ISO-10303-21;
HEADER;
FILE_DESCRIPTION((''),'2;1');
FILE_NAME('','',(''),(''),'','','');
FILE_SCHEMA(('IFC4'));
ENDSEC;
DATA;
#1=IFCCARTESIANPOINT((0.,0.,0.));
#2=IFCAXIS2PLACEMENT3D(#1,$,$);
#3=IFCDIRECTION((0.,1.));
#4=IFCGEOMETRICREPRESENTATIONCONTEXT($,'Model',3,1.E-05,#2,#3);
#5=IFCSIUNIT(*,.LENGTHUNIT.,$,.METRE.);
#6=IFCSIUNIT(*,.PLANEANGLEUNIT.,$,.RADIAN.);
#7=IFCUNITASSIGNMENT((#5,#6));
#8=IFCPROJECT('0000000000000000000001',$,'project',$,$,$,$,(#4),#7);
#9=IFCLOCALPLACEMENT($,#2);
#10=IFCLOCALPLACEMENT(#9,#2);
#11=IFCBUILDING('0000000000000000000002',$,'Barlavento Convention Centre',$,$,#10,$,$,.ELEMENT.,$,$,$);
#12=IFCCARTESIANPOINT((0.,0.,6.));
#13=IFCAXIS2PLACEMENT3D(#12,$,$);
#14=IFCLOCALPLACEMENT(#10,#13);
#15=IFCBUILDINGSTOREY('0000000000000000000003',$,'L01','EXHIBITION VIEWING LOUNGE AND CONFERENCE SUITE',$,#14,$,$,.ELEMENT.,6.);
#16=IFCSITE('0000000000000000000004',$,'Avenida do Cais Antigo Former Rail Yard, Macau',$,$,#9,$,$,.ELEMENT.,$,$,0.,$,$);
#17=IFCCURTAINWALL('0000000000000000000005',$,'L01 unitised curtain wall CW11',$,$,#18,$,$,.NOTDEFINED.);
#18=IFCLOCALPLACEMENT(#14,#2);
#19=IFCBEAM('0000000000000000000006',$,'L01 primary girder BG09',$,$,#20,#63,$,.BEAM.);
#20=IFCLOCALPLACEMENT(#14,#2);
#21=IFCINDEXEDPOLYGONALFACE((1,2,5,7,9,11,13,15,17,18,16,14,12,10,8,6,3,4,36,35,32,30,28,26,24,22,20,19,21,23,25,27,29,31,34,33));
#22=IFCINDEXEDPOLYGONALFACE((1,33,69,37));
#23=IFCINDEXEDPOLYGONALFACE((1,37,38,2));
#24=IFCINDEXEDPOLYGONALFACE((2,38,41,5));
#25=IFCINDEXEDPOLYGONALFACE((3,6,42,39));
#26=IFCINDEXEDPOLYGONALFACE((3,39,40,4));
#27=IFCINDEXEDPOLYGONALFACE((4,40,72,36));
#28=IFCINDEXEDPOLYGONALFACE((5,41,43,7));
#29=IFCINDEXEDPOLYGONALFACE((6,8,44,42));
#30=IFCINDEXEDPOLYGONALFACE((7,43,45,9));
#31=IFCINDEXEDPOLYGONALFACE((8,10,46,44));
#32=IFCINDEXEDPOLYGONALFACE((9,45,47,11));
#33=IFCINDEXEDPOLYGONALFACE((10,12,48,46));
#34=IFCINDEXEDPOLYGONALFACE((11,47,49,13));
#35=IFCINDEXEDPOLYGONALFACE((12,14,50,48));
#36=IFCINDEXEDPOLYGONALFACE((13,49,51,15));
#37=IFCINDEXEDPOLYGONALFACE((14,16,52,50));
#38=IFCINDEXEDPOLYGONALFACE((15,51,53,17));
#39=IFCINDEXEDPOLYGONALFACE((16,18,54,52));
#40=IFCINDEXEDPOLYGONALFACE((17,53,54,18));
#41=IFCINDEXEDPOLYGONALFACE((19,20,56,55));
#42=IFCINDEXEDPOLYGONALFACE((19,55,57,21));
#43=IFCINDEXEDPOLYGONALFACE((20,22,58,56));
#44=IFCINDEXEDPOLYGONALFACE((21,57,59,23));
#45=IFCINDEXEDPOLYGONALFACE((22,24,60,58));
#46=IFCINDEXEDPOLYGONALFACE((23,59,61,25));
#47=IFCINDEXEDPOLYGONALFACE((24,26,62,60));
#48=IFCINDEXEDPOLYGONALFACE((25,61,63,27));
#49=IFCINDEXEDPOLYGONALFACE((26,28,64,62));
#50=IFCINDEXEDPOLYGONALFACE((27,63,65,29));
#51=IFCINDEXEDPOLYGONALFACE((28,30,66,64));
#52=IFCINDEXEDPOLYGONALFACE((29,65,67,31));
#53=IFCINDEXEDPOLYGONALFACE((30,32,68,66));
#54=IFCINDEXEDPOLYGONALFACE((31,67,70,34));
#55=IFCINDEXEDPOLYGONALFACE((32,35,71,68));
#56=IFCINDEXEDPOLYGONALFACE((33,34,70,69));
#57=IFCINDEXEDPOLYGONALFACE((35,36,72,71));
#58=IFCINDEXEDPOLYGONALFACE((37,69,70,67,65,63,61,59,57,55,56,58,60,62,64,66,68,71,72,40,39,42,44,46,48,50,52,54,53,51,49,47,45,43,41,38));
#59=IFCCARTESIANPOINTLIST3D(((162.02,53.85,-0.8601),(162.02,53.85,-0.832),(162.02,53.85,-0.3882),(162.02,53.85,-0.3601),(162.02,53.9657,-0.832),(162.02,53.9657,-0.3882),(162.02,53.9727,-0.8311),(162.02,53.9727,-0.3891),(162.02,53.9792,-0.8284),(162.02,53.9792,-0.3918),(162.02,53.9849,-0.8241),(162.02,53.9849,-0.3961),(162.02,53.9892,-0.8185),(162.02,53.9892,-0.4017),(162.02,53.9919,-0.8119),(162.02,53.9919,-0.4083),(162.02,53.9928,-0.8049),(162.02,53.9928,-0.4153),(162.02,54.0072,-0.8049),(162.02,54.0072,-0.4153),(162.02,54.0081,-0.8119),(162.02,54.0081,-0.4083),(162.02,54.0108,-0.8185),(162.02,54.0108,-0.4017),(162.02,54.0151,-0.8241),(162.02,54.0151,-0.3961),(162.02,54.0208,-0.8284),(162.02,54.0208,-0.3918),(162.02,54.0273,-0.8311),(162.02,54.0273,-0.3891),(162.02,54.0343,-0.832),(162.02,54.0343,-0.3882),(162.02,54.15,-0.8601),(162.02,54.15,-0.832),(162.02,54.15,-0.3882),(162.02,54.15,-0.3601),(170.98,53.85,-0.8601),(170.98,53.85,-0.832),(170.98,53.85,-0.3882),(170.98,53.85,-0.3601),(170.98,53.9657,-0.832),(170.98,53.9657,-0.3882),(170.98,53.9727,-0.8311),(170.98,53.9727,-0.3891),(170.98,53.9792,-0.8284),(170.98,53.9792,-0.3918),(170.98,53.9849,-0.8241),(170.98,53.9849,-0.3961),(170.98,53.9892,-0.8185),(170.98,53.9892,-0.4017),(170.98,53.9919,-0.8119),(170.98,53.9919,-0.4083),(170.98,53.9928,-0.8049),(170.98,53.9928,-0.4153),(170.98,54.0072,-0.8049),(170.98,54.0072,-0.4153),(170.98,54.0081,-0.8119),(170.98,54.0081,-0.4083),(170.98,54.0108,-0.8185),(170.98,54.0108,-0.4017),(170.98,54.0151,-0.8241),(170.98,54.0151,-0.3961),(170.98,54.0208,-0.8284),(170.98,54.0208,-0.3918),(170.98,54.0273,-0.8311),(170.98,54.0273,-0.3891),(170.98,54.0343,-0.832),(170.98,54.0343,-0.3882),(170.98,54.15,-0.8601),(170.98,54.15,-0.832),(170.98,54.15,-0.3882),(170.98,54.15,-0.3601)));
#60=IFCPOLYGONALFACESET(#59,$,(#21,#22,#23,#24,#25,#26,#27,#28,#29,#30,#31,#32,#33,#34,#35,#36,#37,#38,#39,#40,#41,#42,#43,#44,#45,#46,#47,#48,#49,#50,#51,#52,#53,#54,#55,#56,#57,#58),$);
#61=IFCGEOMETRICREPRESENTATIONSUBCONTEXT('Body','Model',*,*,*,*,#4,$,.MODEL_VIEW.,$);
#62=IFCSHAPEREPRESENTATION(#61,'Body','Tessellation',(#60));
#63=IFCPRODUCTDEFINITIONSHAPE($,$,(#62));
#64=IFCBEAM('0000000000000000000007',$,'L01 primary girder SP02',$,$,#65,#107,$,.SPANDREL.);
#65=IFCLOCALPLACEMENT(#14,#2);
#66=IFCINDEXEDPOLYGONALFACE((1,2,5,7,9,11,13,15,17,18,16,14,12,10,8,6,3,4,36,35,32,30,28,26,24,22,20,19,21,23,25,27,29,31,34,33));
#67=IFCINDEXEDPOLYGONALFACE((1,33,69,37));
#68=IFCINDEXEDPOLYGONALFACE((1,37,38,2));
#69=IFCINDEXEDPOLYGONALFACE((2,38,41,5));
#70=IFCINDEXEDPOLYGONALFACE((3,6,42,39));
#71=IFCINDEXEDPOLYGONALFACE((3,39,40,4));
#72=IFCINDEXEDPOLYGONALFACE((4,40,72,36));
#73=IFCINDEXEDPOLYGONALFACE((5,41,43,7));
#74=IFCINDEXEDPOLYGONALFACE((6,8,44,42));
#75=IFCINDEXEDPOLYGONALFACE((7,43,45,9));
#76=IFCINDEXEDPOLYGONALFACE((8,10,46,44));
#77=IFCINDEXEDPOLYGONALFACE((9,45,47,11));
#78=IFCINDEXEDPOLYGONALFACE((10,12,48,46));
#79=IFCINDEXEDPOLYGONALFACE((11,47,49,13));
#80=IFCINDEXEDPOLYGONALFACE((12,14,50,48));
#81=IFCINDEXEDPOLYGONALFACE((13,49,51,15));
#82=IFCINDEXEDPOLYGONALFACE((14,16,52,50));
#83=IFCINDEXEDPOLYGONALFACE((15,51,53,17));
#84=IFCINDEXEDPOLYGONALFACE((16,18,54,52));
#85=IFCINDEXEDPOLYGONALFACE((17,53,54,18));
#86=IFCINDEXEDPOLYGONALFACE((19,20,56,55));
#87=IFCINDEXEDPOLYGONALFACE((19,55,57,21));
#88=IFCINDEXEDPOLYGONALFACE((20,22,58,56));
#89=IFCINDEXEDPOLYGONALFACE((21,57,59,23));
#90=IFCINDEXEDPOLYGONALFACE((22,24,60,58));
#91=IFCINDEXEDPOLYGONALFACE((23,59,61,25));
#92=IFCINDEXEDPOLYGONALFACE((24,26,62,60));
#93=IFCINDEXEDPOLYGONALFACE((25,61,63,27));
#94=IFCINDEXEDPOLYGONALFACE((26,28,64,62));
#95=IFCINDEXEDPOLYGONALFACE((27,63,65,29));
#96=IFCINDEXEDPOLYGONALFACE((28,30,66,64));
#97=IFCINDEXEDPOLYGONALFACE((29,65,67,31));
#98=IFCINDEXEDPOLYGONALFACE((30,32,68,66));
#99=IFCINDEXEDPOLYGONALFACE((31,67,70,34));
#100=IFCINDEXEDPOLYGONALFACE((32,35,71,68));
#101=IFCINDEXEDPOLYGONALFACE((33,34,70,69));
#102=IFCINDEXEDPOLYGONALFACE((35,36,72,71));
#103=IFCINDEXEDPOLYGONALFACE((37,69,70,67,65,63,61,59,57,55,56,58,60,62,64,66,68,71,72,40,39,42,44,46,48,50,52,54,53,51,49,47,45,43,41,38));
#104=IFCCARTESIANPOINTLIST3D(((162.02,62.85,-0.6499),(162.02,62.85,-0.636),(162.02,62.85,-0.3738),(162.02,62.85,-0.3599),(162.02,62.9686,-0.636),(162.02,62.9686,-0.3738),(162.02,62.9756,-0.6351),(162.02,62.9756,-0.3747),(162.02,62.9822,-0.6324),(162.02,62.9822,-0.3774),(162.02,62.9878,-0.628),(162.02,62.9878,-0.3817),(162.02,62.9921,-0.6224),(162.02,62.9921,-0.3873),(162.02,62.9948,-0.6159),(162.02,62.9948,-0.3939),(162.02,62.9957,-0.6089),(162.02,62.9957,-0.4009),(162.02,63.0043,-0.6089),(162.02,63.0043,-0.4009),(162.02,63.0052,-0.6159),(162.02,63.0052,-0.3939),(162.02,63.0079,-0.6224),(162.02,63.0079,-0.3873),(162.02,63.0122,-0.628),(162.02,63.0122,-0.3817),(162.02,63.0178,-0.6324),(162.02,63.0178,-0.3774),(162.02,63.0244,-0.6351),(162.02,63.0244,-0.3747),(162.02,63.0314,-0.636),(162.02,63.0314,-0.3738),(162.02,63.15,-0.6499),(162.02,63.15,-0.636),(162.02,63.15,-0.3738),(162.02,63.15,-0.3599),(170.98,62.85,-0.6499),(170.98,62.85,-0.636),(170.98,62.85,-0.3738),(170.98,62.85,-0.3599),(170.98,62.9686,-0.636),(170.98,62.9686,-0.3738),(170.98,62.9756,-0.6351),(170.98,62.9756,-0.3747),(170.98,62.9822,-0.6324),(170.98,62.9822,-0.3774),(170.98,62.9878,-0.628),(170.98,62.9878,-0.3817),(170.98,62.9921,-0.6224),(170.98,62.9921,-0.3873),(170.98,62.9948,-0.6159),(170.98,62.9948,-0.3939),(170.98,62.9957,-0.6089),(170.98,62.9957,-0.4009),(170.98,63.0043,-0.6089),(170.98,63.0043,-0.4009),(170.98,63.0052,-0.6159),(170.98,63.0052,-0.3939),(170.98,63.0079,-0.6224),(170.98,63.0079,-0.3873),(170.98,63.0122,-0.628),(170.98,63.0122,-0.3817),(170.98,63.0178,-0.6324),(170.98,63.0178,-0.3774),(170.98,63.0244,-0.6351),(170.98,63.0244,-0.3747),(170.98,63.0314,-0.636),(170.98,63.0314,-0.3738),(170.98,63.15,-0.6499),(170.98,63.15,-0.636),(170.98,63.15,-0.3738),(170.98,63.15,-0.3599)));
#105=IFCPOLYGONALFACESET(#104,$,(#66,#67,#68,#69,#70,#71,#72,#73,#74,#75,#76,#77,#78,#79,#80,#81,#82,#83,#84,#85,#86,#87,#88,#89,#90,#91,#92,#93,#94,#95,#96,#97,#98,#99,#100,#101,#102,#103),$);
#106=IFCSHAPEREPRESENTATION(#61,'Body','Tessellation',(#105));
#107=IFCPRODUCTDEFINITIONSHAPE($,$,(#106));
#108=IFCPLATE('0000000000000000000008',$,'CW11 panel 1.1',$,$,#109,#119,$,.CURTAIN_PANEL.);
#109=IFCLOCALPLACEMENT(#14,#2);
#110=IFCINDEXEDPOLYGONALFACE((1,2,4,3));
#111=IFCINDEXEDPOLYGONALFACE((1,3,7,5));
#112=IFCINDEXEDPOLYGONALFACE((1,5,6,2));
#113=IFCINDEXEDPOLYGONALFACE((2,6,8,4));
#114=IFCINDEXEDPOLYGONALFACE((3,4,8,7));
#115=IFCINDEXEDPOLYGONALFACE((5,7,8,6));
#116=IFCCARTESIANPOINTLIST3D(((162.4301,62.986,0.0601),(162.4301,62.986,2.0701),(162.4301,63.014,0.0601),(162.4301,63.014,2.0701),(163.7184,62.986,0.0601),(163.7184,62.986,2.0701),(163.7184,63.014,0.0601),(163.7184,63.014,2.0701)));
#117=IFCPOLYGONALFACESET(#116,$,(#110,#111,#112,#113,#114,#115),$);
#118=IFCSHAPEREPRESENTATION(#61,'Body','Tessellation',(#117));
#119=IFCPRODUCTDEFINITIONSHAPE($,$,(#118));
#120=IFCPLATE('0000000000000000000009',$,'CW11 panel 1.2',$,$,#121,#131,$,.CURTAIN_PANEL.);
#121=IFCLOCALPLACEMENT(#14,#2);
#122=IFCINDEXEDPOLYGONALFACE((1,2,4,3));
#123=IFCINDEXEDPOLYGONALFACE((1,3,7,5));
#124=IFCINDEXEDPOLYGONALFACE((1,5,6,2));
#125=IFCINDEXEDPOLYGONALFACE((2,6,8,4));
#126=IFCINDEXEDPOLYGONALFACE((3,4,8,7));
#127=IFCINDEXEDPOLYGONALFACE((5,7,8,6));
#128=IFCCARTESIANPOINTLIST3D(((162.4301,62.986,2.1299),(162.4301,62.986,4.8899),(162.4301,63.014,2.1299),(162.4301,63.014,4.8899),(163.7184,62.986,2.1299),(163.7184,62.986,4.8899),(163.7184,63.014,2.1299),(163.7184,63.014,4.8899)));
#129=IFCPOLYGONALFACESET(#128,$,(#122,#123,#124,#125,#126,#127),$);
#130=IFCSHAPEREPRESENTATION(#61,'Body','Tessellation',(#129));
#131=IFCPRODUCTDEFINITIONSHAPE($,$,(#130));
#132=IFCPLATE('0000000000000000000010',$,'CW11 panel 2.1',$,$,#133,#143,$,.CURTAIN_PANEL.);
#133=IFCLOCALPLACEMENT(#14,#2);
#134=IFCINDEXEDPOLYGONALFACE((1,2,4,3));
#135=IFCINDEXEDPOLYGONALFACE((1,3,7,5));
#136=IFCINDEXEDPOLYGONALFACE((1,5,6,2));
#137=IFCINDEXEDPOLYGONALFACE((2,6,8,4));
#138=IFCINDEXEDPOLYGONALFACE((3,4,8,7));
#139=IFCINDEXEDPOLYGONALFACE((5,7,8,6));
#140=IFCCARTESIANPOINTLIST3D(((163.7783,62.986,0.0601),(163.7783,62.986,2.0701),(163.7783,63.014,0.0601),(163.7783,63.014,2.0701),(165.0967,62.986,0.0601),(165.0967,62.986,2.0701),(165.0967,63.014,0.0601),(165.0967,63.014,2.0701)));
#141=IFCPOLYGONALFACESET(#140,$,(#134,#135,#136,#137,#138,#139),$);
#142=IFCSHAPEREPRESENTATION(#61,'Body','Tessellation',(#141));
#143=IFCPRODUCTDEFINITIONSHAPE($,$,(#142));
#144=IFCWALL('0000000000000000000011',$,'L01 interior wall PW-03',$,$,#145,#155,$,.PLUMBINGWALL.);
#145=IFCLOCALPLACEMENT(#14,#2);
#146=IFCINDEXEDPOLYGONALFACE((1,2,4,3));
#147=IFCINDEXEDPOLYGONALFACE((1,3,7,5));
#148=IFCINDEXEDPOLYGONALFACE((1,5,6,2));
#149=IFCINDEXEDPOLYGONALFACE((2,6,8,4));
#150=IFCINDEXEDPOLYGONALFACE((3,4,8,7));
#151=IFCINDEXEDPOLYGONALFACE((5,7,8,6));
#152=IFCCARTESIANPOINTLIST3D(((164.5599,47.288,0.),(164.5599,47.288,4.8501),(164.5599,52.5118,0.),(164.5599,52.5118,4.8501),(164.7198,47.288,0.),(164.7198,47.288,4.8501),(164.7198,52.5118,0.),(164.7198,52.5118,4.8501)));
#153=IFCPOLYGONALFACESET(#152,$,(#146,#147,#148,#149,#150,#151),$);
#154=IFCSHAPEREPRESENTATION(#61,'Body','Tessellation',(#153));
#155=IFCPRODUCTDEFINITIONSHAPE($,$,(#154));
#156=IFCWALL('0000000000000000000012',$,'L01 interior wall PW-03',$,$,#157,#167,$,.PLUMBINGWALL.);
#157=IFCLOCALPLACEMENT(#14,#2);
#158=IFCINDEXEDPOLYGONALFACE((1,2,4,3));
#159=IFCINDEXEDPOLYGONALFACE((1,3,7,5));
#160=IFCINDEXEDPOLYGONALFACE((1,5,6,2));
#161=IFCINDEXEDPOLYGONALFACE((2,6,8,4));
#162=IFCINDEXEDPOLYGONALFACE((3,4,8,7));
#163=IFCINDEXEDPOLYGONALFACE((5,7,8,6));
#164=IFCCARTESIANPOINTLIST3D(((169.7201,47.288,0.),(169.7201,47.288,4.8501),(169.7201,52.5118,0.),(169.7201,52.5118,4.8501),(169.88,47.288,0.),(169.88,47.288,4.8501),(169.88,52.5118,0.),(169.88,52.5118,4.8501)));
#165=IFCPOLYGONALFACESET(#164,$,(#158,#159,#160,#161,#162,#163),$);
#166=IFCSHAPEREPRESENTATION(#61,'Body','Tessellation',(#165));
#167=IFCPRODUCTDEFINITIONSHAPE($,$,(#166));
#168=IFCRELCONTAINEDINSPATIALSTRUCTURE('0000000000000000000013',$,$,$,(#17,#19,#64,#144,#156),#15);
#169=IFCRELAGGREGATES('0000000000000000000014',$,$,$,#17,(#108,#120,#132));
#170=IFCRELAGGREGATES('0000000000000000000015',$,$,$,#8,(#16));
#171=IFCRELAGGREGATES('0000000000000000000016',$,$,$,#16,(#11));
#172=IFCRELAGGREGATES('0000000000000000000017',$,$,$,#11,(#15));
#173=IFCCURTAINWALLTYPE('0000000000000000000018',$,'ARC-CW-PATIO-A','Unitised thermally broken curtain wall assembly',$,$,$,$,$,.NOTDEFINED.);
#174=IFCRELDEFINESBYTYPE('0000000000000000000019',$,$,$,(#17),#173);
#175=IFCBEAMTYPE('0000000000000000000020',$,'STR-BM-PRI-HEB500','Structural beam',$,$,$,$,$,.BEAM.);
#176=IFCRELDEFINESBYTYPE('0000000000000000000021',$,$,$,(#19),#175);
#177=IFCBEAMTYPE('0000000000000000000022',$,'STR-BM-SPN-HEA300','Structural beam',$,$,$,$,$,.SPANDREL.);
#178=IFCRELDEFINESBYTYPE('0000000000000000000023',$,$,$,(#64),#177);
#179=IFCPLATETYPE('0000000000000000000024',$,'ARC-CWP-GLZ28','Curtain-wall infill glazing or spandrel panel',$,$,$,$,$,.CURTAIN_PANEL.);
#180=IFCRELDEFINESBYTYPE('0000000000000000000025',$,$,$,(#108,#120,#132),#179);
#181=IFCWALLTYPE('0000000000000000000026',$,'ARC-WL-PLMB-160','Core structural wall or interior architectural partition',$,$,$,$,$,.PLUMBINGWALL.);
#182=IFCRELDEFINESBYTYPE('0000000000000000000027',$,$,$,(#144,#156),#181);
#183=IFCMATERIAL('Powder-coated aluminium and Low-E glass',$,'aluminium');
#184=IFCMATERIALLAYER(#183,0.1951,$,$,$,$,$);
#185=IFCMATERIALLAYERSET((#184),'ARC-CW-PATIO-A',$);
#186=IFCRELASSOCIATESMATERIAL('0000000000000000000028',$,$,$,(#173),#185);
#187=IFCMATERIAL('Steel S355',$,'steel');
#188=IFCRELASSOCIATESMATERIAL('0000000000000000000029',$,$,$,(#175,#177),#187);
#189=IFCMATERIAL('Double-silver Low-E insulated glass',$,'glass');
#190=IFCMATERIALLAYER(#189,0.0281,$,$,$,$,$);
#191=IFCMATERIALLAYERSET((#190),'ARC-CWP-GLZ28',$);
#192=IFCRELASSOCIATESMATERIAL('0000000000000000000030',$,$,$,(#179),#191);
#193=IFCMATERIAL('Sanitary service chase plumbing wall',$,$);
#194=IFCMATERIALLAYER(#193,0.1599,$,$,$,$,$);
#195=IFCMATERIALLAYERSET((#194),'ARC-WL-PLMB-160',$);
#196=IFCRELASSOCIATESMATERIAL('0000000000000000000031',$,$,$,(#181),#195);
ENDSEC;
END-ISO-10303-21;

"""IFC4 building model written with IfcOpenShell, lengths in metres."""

from ifc_helpers import new_model, si_unit, direction, frame, frame_2d, origin, origin_2d, place, context, subcontext, project, spatial, rectangle, i_section, extrude, material, layer, layer_set, material_profile, profile_set, type_object, element, aggregate, save


model = new_model("IFC4")

# Units and contexts
model_context = context("Model", 3, precision=1e-05, world=origin(), true_north=direction((0.0, 1.0)))
body_context = subcontext(model_context, "Body", "Model", "MODEL_VIEW")
ifc_project = project(units=[si_unit("LENGTHUNIT", "METRE"), si_unit("PLANEANGLEUNIT", "RADIAN")], contexts=[model_context])

# Site, building, storey
site_placement = place(None, origin())
site = spatial("IfcSite", under=ifc_project, at=site_placement, Name="Avenida do Cais Antigo Former Rail Yard, Macau", CompositionType="ELEMENT", RefElevation=0.0)
building_placement = place(site_placement, origin())
building = spatial("IfcBuilding", under=site, at=building_placement, Name="Barlavento Convention Centre", CompositionType="ELEMENT")
storey_placement = place(building_placement, frame((0.0, 0.0, 6.0)))
storey = spatial("IfcBuildingStorey", under=building, at=storey_placement, Name="L01", Description="EXHIBITION VIEWING LOUNGE AND CONFERENCE SUITE", CompositionType="ELEMENT", Elevation=6.0)

# Shared definitions
ifc_material_1 = material(Name="Steel S355", Category="steel")

# Curtain wall
ifc_material_2 = material(Name="Powder-coated aluminium and Low-E glass", Category="aluminium")
ifc_layer_1 = layer(ifc_material_2, 0.1951)
ifc_layer_set_1 = layer_set([ifc_layer_1], Name="ARC-CW-PATIO-A")
curtain_wall_type = type_object("IfcCurtainWallType", Name="ARC-CW-PATIO-A", Description="Unitised thermally broken curtain wall assembly", PredefinedType="NOTDEFINED", material=ifc_layer_set_1)
curtain_wall_placement = place(storey_placement, origin())
curtain_wall = element("IfcCurtainWall", 1, at=curtain_wall_placement, inside=storey, type_object=curtain_wall_type, Name="L01 unitised curtain wall CW11", PredefinedType="NOTDEFINED")

# Beams
ifc_material_profile_1 = material_profile(ifc_material_1, i_section(OverallWidth=0.3, OverallDepth=0.5, WebThickness=0.0144, FlangeThickness=0.0281, FilletRadius=0.0271, at=origin_2d()), Name="HEB 500")
ifc_profile_set_1 = profile_set([ifc_material_profile_1], Name="Steel S355")
beam_type_1 = type_object("IfcBeamType", Name="STR-BM-PRI-HEB500", Description="Structural beam", PredefinedType="BEAM", material=ifc_profile_set_1)
beam_1_placement = place(storey_placement, frame((162.02, 54.0, -0.6101), z_axis=(1.0, 0.0, 0.0), x_axis=(0.0, 1.0, 0.0)))
element("IfcBeam", 2, at=beam_1_placement, inside=storey, type_object=beam_type_1, Name="L01 primary girder BG09", PredefinedType="BEAM", context=body_context, shape_type="SweptSolid", body=[
    extrude(i_section(OverallWidth=0.3, OverallDepth=0.5, WebThickness=0.0144, FlangeThickness=0.0281, FilletRadius=0.0271, at=origin_2d()), origin(), (0.0, 0.0, 1.0), 8.96),
])
ifc_material_profile_2 = material_profile(ifc_material_1, i_section(OverallWidth=0.3, OverallDepth=0.29, WebThickness=0.0085, FlangeThickness=0.0139, FilletRadius=0.0271, at=origin_2d()), Name="HEA 300")
ifc_profile_set_2 = profile_set([ifc_material_profile_2], Name="Steel S355")
beam_type_2 = type_object("IfcBeamType", Name="STR-BM-SPN-HEA300", Description="Structural beam", PredefinedType="SPANDREL", material=ifc_profile_set_2)
beam_2_placement = place(storey_placement, frame((162.02, 63.0, -0.5049), z_axis=(1.0, 0.0, 0.0), x_axis=(0.0, 1.0, 0.0)))
element("IfcBeam", 3, at=beam_2_placement, inside=storey, type_object=beam_type_2, Name="L01 primary girder SP02", PredefinedType="SPANDREL", context=body_context, shape_type="SweptSolid", body=[
    extrude(i_section(OverallWidth=0.3, OverallDepth=0.29, WebThickness=0.0085, FlangeThickness=0.0139, FilletRadius=0.0271, at=origin_2d()), origin(), (0.0, 0.0, 1.0), 8.96),
])

# Plates
ifc_material_3 = material(Name="Double-silver Low-E insulated glass", Category="glass")
ifc_layer_2 = layer(ifc_material_3, 0.0281)
ifc_layer_set_2 = layer_set([ifc_layer_2], Name="ARC-CWP-GLZ28")
plate_type = type_object("IfcPlateType", Name="ARC-CWP-GLZ28", Description="Curtain-wall infill glazing or spandrel panel", PredefinedType="CURTAIN_PANEL", material=ifc_layer_set_2)
plate_1_placement = place(storey_placement, frame((163.0742, 63.0, 0.0601), z_axis=(0.0, 0.0, 1.0), x_axis=(1.0, 0.0, 0.0)))
plate_1 = element("IfcPlate", 4, at=plate_1_placement, type_object=plate_type, Name="CW11 panel 1.1", PredefinedType="CURTAIN_PANEL", context=body_context, shape_type="SweptSolid", body=[
    extrude(rectangle(XDim=1.2883, YDim=0.0281, at=origin_2d()), origin(), (0.0, 0.0, 1.0), 2.01),
])
plate_2_placement = place(storey_placement, frame((163.0742, 63.0, 2.1299), z_axis=(0.0, 0.0, 1.0), x_axis=(1.0, 0.0, 0.0)))
plate_2 = element("IfcPlate", 5, at=plate_2_placement, type_object=plate_type, Name="CW11 panel 1.2", PredefinedType="CURTAIN_PANEL", context=body_context, shape_type="SweptSolid", body=[
    extrude(rectangle(XDim=1.2883, YDim=0.0281, at=origin_2d()), origin(), (0.0, 0.0, 1.0), 2.76),
])
plate_3_placement = place(storey_placement, frame((164.4375, 63.0, 0.0601), z_axis=(0.0, 0.0, 1.0), x_axis=(1.0, 0.0, 0.0)))
plate_3 = element("IfcPlate", 6, at=plate_3_placement, type_object=plate_type, Name="CW11 panel 2.1", PredefinedType="CURTAIN_PANEL", context=body_context, shape_type="SweptSolid", body=[
    extrude(rectangle(XDim=1.3184, YDim=0.0281, at=origin_2d()), origin(), (0.0, 0.0, 1.0), 2.01),
])
aggregate(curtain_wall, [plate_1, plate_2, plate_3])

# Walls
ifc_material_4 = material(Name="Sanitary service chase plumbing wall")
ifc_layer_3 = layer(ifc_material_4, 0.1599)
ifc_layer_set_3 = layer_set([ifc_layer_3], Name="ARC-WL-PLMB-160")
wall_type = type_object("IfcWallType", Name="ARC-WL-PLMB-160", Description="Core structural wall or interior architectural partition", PredefinedType="PLUMBINGWALL", material=ifc_layer_set_3)
for number, where, z_axis, x_axis, name in (
    (7, (164.6399, 47.2881, 0.0), (0.0, 0.0, 1.0), (0.0, 1.0, 0.0), "L01 interior wall PW-03"),
    (8, (169.8, 47.2881, 0.0), (0.0, 0.0, 1.0), (0.0, 1.0, 0.0), "L01 interior wall PW-03"),
):
    element("IfcWall", number, at=place(storey_placement, frame(where, z_axis=z_axis, x_axis=x_axis)), inside=storey, type_object=wall_type, Name=name, PredefinedType="PLUMBINGWALL", context=body_context, shape_type="SweptSolid", body=[
        extrude(rectangle(XDim=5.2239, YDim=0.1599, at=frame_2d((2.6118, 0.0))), origin(), (0.0, 0.0, 1.0), 4.8501),
    ])

save(model, "model.ifc")
